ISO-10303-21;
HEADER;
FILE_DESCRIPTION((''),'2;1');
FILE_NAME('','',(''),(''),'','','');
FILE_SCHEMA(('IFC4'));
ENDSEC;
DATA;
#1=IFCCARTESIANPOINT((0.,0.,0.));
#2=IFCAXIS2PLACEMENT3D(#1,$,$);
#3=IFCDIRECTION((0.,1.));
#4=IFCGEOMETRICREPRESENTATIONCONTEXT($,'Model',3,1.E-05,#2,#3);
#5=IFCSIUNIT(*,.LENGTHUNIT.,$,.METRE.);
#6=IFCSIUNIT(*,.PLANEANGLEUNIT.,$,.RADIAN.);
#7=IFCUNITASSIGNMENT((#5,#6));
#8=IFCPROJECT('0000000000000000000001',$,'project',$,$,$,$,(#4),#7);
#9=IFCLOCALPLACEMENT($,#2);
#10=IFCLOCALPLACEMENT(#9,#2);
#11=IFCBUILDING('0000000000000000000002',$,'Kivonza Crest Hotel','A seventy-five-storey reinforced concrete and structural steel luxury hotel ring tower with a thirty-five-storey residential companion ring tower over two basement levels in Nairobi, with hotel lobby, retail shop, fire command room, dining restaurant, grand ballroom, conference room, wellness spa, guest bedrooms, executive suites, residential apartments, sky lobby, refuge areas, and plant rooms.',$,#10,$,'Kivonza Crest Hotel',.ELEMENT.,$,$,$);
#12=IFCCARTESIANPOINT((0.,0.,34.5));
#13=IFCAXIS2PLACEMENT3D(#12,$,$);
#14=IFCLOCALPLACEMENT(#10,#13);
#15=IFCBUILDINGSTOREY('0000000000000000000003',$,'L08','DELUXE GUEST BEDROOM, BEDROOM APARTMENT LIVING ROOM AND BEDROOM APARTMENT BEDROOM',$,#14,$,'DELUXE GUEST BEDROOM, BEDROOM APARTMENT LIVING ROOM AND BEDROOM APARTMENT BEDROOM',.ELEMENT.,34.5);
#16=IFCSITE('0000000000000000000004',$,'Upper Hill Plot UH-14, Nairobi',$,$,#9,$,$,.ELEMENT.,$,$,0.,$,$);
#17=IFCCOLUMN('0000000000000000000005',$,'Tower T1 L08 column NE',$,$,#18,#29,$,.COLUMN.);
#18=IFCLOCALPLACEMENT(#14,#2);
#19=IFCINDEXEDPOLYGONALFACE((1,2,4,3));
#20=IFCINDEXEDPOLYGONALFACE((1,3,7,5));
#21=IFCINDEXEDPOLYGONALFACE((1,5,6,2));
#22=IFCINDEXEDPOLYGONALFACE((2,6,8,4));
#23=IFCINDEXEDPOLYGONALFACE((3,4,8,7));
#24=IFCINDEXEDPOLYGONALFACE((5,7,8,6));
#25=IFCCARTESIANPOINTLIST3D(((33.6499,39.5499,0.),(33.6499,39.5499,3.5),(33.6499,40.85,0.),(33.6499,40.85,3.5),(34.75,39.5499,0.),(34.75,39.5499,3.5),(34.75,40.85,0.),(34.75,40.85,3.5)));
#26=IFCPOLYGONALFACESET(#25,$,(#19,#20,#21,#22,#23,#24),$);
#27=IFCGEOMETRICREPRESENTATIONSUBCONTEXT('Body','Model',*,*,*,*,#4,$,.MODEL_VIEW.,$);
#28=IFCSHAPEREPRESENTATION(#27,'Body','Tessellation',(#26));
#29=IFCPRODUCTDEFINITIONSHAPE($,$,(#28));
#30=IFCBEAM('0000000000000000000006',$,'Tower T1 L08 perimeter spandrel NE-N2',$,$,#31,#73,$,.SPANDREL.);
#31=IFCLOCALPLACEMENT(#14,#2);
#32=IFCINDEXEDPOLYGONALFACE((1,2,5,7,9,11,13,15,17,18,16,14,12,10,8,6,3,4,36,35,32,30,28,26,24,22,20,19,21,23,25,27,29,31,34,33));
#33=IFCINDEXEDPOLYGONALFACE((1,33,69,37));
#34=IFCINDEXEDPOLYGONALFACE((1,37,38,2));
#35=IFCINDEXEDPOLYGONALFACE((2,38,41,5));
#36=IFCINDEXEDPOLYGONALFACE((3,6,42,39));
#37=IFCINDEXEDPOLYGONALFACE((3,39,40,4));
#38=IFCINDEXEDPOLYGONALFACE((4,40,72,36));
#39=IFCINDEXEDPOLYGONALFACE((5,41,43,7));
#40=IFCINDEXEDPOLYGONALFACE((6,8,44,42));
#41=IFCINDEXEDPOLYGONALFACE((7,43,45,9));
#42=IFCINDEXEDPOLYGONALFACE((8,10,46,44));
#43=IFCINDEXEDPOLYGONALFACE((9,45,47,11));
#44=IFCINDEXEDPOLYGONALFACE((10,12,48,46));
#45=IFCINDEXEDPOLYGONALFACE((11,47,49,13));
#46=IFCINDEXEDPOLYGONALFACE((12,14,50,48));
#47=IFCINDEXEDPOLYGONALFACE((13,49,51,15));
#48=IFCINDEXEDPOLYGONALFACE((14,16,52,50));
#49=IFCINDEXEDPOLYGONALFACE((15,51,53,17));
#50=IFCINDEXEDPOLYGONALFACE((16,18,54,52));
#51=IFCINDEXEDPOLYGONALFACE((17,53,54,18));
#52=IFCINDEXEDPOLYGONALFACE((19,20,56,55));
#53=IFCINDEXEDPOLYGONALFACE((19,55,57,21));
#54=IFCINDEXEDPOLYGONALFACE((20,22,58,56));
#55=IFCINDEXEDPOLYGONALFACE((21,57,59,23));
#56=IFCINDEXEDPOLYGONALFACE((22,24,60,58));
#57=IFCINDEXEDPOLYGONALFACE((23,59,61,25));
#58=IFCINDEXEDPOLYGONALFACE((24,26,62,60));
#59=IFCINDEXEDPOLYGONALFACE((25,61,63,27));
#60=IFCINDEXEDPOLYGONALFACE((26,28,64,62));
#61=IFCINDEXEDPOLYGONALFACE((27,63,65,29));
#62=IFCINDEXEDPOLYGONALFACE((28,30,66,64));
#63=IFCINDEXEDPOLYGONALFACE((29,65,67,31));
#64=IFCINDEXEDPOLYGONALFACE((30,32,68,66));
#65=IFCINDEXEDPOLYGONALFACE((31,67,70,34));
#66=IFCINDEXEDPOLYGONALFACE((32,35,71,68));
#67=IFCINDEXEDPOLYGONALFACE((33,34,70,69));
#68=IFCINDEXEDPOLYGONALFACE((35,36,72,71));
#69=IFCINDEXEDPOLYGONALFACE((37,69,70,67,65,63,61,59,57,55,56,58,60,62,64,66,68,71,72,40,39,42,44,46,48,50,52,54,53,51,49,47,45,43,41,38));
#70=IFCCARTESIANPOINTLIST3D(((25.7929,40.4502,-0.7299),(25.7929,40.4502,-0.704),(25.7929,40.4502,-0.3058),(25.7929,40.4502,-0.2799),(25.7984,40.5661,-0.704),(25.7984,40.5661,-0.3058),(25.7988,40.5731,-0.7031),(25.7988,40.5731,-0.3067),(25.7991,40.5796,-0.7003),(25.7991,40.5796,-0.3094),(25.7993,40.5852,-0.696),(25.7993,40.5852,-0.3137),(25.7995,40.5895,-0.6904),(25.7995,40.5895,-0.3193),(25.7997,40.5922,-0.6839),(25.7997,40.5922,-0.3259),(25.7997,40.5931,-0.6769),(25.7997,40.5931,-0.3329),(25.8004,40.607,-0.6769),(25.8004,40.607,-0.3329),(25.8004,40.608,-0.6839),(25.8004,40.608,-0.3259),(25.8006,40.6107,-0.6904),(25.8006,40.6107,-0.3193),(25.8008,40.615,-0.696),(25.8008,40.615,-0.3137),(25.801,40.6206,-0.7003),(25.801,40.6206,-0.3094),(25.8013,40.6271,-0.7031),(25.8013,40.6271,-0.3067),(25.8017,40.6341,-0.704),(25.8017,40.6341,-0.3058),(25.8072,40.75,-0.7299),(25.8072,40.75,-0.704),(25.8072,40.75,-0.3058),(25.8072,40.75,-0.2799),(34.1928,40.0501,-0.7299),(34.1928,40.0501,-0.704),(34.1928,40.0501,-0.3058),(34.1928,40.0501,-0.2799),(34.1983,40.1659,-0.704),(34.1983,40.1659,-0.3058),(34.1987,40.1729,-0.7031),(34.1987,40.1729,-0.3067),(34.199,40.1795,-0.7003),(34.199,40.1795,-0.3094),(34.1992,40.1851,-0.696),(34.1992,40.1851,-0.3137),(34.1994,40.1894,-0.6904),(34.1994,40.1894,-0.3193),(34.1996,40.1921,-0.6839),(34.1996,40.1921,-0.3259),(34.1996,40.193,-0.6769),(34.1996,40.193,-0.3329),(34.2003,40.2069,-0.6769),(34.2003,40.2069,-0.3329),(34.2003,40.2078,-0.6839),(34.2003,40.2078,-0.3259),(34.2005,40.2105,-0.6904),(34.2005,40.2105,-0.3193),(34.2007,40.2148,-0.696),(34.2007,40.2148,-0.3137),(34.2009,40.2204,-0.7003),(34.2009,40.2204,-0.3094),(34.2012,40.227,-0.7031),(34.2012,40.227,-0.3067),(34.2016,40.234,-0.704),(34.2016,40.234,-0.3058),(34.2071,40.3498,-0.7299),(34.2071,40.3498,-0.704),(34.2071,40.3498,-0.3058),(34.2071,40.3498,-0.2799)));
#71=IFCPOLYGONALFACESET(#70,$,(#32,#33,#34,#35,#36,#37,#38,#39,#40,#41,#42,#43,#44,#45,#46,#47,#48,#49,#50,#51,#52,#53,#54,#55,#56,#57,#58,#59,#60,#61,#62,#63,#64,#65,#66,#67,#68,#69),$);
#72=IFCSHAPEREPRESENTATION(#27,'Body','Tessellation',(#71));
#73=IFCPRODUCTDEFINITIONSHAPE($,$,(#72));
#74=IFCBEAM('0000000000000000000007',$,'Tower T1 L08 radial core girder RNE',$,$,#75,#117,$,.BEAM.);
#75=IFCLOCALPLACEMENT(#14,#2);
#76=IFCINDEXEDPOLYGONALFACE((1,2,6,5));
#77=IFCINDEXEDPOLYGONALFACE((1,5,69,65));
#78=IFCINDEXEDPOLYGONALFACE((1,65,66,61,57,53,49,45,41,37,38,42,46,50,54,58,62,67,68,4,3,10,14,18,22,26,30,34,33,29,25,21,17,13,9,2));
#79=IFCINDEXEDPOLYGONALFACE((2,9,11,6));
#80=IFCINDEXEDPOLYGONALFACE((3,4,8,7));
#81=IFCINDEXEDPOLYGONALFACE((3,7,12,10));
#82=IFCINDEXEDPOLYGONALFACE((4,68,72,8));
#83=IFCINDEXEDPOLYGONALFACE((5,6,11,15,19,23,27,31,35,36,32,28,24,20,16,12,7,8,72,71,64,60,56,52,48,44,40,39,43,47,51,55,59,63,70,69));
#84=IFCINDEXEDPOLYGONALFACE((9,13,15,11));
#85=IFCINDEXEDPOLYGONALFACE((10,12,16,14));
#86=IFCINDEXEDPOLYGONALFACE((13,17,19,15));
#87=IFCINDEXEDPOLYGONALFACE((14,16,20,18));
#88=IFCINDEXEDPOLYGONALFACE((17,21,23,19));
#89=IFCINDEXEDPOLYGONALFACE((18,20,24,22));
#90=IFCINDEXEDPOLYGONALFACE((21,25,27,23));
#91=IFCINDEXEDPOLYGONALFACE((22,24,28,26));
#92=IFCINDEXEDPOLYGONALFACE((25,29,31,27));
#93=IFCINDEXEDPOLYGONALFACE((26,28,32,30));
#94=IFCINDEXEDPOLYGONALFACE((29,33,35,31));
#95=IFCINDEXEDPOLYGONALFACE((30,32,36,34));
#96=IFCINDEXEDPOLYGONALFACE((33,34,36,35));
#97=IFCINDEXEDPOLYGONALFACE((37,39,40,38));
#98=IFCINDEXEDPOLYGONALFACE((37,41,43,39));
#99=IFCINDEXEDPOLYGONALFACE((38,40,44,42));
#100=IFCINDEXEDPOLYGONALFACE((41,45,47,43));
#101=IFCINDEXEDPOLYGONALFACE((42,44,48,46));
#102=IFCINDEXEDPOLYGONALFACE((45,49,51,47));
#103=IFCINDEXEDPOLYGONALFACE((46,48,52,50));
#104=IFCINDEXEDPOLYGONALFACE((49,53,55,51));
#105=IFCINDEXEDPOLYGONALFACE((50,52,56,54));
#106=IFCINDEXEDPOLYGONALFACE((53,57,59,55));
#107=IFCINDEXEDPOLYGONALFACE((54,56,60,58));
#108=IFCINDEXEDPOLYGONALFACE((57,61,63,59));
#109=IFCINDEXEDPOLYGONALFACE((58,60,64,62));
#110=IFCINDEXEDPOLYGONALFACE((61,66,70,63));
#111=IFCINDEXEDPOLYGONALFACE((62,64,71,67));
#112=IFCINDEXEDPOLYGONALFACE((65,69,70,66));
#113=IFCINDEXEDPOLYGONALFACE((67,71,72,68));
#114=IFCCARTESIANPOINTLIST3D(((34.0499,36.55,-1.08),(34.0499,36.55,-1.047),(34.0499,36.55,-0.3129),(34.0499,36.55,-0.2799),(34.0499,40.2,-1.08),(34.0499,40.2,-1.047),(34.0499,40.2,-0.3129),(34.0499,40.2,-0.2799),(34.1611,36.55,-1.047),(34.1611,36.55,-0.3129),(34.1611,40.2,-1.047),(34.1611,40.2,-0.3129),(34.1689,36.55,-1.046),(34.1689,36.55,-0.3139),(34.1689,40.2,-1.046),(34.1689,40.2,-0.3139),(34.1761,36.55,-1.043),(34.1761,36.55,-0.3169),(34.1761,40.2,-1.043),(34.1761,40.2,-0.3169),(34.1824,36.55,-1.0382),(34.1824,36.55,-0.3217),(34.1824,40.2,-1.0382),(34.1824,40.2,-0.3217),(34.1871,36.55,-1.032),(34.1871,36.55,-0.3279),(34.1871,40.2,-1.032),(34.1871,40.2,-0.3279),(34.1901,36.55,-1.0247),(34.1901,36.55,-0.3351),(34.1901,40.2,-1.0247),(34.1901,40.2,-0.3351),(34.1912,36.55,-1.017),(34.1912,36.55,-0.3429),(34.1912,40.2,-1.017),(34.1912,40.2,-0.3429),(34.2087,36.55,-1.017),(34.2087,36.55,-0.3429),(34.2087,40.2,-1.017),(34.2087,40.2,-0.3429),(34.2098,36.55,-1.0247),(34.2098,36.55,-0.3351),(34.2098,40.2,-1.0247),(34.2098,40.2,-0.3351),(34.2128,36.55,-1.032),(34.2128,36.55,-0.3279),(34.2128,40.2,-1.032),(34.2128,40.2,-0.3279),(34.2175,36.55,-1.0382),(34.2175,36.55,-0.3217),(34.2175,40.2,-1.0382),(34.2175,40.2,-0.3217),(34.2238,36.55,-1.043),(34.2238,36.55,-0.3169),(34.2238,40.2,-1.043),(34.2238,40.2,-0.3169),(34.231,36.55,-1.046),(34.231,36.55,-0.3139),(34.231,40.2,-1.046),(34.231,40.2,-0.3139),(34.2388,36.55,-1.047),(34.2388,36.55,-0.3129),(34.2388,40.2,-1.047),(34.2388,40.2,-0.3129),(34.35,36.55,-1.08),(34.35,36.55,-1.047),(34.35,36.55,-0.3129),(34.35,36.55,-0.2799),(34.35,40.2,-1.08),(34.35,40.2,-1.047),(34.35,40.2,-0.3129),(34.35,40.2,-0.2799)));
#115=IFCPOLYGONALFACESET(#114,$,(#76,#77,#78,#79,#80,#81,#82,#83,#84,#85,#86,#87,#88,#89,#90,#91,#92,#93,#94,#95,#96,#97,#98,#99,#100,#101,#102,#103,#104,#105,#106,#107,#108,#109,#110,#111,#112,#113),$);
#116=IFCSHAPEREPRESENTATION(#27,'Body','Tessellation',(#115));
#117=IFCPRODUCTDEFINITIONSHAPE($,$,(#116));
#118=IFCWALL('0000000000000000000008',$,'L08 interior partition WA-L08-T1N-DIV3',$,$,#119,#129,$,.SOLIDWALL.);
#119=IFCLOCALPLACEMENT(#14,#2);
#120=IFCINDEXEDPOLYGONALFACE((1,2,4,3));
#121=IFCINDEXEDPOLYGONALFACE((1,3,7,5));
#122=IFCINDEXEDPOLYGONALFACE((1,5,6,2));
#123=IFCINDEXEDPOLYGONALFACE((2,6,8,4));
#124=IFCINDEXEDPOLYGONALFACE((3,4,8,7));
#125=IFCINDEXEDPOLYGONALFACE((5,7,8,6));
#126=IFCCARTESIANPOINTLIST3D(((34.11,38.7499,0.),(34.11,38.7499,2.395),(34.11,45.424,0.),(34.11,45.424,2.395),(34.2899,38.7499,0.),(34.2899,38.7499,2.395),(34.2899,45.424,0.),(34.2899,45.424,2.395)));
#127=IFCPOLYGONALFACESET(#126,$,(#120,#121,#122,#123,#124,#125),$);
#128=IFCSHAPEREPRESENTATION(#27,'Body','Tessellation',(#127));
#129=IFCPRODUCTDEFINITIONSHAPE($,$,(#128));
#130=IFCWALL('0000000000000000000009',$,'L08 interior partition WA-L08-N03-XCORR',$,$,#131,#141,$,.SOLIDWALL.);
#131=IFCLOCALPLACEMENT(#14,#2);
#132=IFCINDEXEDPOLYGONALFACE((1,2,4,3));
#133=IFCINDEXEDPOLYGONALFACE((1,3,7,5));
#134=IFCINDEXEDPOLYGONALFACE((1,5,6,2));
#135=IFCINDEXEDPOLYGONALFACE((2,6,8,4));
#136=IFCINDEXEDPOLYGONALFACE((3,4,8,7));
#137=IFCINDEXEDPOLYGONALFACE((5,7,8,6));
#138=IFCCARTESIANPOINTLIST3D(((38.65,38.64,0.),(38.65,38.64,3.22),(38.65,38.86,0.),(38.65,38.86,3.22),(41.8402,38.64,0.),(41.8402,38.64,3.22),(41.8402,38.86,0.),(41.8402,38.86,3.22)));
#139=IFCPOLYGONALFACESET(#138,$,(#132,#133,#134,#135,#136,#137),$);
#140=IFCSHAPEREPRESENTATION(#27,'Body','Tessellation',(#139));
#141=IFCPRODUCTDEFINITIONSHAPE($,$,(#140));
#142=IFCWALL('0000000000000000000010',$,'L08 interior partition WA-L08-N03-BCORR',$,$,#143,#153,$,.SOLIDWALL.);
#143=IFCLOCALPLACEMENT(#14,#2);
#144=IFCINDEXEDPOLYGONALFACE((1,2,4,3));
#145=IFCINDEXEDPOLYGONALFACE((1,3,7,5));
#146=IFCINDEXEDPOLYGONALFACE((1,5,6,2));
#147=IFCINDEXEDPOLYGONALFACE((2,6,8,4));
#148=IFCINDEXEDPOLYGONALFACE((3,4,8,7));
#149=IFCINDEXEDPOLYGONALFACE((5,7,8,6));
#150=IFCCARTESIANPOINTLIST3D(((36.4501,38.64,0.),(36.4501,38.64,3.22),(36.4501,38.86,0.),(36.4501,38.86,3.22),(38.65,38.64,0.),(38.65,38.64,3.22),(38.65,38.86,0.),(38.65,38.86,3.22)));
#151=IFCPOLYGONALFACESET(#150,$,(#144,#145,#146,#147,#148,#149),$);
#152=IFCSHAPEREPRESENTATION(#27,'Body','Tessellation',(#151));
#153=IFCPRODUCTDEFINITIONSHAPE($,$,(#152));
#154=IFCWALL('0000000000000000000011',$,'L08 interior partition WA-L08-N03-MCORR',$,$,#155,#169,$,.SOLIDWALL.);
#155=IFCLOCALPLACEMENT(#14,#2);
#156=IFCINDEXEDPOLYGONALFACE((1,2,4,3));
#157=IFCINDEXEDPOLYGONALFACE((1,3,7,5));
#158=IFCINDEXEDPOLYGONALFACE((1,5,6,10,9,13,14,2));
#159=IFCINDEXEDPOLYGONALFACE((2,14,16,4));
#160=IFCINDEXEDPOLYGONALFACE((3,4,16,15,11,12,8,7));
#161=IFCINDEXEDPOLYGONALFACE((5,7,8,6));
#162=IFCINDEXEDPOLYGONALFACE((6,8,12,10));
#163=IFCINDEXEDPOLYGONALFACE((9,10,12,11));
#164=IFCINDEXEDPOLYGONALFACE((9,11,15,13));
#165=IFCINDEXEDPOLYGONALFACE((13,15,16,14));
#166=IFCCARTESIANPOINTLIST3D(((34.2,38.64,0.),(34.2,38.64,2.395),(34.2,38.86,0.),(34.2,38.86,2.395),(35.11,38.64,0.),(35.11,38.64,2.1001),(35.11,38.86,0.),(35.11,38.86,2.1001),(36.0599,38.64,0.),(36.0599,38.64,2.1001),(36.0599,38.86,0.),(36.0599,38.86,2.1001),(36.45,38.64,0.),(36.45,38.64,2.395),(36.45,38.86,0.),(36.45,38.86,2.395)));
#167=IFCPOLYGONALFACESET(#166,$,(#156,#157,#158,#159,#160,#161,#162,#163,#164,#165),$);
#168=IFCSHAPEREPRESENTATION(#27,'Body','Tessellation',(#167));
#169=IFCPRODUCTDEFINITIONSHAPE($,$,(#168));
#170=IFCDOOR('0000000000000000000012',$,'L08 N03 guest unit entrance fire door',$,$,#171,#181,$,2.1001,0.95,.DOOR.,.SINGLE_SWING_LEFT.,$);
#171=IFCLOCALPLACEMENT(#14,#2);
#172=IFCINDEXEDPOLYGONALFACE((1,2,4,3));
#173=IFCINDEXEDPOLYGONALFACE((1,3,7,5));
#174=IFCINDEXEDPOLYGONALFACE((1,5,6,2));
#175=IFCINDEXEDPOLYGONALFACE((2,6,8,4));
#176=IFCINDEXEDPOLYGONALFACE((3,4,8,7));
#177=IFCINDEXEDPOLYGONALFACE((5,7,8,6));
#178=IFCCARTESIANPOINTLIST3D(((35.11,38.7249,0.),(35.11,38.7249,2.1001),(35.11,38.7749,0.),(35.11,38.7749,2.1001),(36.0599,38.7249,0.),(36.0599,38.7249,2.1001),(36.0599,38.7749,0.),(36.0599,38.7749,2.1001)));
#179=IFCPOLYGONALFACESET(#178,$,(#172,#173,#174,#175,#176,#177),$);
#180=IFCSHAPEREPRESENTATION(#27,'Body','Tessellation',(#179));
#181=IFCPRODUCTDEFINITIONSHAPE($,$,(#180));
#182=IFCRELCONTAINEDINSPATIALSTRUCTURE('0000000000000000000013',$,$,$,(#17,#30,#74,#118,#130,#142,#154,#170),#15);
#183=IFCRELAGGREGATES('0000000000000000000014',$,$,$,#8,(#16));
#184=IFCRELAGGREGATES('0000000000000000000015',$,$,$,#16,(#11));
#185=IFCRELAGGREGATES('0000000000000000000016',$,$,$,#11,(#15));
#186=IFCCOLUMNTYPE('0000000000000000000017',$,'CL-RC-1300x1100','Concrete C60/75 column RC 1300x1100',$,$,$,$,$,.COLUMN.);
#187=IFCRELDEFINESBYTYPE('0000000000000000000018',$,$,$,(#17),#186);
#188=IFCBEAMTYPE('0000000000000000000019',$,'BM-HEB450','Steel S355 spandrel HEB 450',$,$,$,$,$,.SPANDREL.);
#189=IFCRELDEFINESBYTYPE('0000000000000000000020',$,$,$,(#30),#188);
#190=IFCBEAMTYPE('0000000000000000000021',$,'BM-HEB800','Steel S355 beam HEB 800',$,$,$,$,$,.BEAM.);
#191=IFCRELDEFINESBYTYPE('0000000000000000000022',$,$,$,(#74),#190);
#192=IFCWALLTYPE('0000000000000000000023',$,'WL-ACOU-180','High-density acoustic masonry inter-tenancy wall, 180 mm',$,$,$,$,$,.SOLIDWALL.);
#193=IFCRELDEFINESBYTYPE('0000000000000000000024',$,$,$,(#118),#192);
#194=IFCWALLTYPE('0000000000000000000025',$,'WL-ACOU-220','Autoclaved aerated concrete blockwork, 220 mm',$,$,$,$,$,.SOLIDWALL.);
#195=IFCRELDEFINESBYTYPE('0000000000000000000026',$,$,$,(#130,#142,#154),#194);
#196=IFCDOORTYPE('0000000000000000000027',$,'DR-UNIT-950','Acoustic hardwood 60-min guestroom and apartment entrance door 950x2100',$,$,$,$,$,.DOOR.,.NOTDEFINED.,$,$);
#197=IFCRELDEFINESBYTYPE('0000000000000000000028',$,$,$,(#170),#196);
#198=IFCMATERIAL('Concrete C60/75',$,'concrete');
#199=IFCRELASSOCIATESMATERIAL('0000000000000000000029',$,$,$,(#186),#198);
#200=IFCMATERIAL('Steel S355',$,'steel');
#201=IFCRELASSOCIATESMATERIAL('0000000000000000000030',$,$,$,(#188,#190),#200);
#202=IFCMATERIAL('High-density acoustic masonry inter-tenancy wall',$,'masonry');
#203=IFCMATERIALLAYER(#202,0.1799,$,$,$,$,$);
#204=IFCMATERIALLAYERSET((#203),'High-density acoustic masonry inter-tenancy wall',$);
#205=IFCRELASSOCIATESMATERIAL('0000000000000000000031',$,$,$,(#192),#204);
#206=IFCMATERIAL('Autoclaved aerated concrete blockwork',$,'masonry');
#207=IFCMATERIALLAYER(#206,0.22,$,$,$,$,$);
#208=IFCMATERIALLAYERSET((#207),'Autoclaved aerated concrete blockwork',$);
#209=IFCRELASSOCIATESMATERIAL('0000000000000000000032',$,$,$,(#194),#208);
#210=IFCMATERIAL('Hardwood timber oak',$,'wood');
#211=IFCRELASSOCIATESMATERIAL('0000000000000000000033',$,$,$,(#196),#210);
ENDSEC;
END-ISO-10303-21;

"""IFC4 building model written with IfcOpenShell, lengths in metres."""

from ifc_helpers import new_model, si_unit, direction, frame, frame_2d, origin, origin_2d, place, context, subcontext, project, spatial, rectangle, i_section, extrude, material, layer, layer_set, material_profile, profile_set, type_object, element, fill, save


model = new_model("IFC4")

# Units and contexts
model_context = context("Model", 3, precision=1e-05, world=origin(), true_north=direction((0.0, 1.0)))
body_context = subcontext(model_context, "Body", "Model", "MODEL_VIEW")
ifc_project = project(units=[si_unit("LENGTHUNIT", "METRE"), si_unit("PLANEANGLEUNIT", "RADIAN")], contexts=[model_context])

# Site, building, storey
site_placement = place(None, origin())
site = spatial("IfcSite", under=ifc_project, at=site_placement, Name="Upper Hill Plot UH-14, Nairobi", CompositionType="ELEMENT", RefElevation=0.0)
building_placement = place(site_placement, origin())
building = spatial("IfcBuilding", under=site, at=building_placement, Name="Kivonza Crest Hotel", Description="A seventy-five-storey reinforced concrete and structural steel luxury hotel ring tower with a thirty-five-storey residential companion ring tower over two basement levels in Nairobi, with hotel lobby, retail shop, fire command room, dining restaurant, grand ballroom, conference room, wellness spa, guest bedrooms, executive suites, residential apartments, sky lobby, refuge areas, and plant rooms.", LongName="Kivonza Crest Hotel", CompositionType="ELEMENT")
storey_placement = place(building_placement, frame((0.0, 0.0, 34.5)))
storey = spatial("IfcBuildingStorey", under=building, at=storey_placement, Name="L08", Description="DELUXE GUEST BEDROOM, BEDROOM APARTMENT LIVING ROOM AND BEDROOM APARTMENT BEDROOM", LongName="DELUXE GUEST BEDROOM, BEDROOM APARTMENT LIVING ROOM AND BEDROOM APARTMENT BEDROOM", CompositionType="ELEMENT", Elevation=34.5)

# Column
ifc_material_1 = material(Name="Concrete C60/75", Category="concrete")
ifc_material_profile_1 = material_profile(ifc_material_1, rectangle(XDim=1.1001, YDim=1.3, at=origin_2d()), Name="RC 1300x1100")
ifc_profile_set_1 = profile_set([ifc_material_profile_1], Name="Concrete C60/75")
column_type = type_object("IfcColumnType", Name="CL-RC-1300x1100", Description="Concrete C60/75 column RC 1300x1100", PredefinedType="COLUMN", material=ifc_profile_set_1)
column_placement = place(storey_placement, frame((34.2, 40.2, 0.0), z_axis=(0.0, 0.0, 1.0), x_axis=(1.0, 0.0, 0.0)))
element("IfcColumn", 1, at=column_placement, inside=storey, type_object=column_type, Name="Tower T1 L08 column NE", PredefinedType="COLUMN", context=body_context, shape_type="SweptSolid", body=[
    extrude(rectangle(XDim=1.1001, YDim=1.3, at=origin_2d()), origin(), (0.0, 0.0, 1.0), 3.5),
])

# Beams
ifc_material_2 = material(Name="Steel S355", Category="steel")
ifc_material_profile_2 = material_profile(ifc_material_2, i_section(OverallWidth=0.3, OverallDepth=0.45, WebThickness=0.0139, FlangeThickness=0.0259, FilletRadius=0.0271, at=origin_2d()), Name="HEB 450")
ifc_profile_set_2 = profile_set([ifc_material_profile_2], Name="Steel S355")
beam_type_1 = type_object("IfcBeamType", Name="BM-HEB450", Description="Steel S355 spandrel HEB 450", PredefinedType="SPANDREL", material=ifc_profile_set_2)
beam_1_placement = place(storey_placement, frame((34.2, 40.2, -0.5049), z_axis=(-0.998867, 0.047583, 0.0), x_axis=(-0.047583, -0.998867, 0.0)))
element("IfcBeam", 2, at=beam_1_placement, inside=storey, type_object=beam_type_1, Name="Tower T1 L08 perimeter spandrel NE-N2", PredefinedType="SPANDREL", context=body_context, shape_type="SweptSolid", body=[
    extrude(i_section(OverallWidth=0.3, OverallDepth=0.45, WebThickness=0.0139, FlangeThickness=0.0259, FilletRadius=0.0271, at=origin_2d()), origin(), (0.0, 0.0, 1.0), 8.4094),
])
ifc_material_profile_3 = material_profile(ifc_material_2, i_section(OverallWidth=0.3, OverallDepth=0.8, WebThickness=0.0176, FlangeThickness=0.033, FilletRadius=0.03, at=origin_2d()), Name="HEB 800")
ifc_profile_set_3 = profile_set([ifc_material_profile_3], Name="Steel S355")
beam_type_2 = type_object("IfcBeamType", Name="BM-HEB800", Description="Steel S355 beam HEB 800", PredefinedType="BEAM", material=ifc_profile_set_3)
beam_2_placement = place(storey_placement, frame((34.2, 40.2, -0.6799), z_axis=(0.0, -1.0, 0.0), x_axis=(1.0, 0.0, 0.0)))
element("IfcBeam", 3, at=beam_2_placement, inside=storey, type_object=beam_type_2, Name="Tower T1 L08 radial core girder RNE", PredefinedType="BEAM", context=body_context, shape_type="SweptSolid", body=[
    extrude(i_section(OverallWidth=0.3, OverallDepth=0.8, WebThickness=0.0176, FlangeThickness=0.033, FilletRadius=0.03, at=origin_2d()), origin(), (0.0, 0.0, 1.0), 3.6499),
])

# Walls
ifc_material_3 = material(Name="High-density acoustic masonry inter-tenancy wall", Category="masonry")
ifc_layer_1 = layer(ifc_material_3, 0.1799)
ifc_layer_set_1 = layer_set([ifc_layer_1], Name="High-density acoustic masonry inter-tenancy wall")
wall_type_1 = type_object("IfcWallType", Name="WL-ACOU-180", Description="High-density acoustic masonry inter-tenancy wall, 180 mm", PredefinedType="SOLIDWALL", material=ifc_layer_set_1)
wall_1_placement = place(storey_placement, frame((34.2, 38.75, 0.0), z_axis=(0.0, 0.0, 1.0), x_axis=(0.0, 1.0, 0.0)))
element("IfcWall", 4, at=wall_1_placement, inside=storey, type_object=wall_type_1, Name="L08 interior partition WA-L08-T1N-DIV3", PredefinedType="SOLIDWALL", context=body_context, shape_type="SweptSolid", body=[
    extrude(rectangle(XDim=6.6741, YDim=0.1799, at=frame_2d((3.3369, 0.0))), origin(), (0.0, 0.0, 1.0), 2.395),
])
ifc_material_4 = material(Name="Autoclaved aerated concrete blockwork", Category="masonry")
ifc_layer_2 = layer(ifc_material_4, 0.22)
ifc_layer_set_2 = layer_set([ifc_layer_2], Name="Autoclaved aerated concrete blockwork")
wall_type_2 = type_object("IfcWallType", Name="WL-ACOU-220", Description="Autoclaved aerated concrete blockwork, 220 mm", PredefinedType="SOLIDWALL", material=ifc_layer_set_2)
wall_2_placement = place(storey_placement, frame((38.6499, 38.75, 0.0), z_axis=(0.0, 0.0, 1.0), x_axis=(1.0, 0.0, 0.0)))
element("IfcWall", 5, at=wall_2_placement, inside=storey, type_object=wall_type_2, Name="L08 interior partition WA-L08-N03-XCORR", PredefinedType="SOLIDWALL", context=body_context, shape_type="SweptSolid", body=[
    extrude(rectangle(XDim=3.1902, YDim=0.22, at=frame_2d((1.5952, 0.0))), origin(), (0.0, 0.0, 1.0), 3.22),
])
wall_3_placement = place(storey_placement, frame((36.45, 38.75, 0.0), z_axis=(0.0, 0.0, 1.0), x_axis=(1.0, 0.0, 0.0)))
element("IfcWall", 6, at=wall_3_placement, inside=storey, type_object=wall_type_2, Name="L08 interior partition WA-L08-N03-BCORR", PredefinedType="SOLIDWALL", context=body_context, shape_type="SweptSolid", body=[
    extrude(rectangle(XDim=2.2, YDim=0.22, at=frame_2d((1.1001, 0.0))), origin(), (0.0, 0.0, 1.0), 3.22),
])

# Wall, opening, door
wall_4_placement = place(storey_placement, frame((34.2, 38.75, 0.0), z_axis=(0.0, 0.0, 1.0), x_axis=(1.0, 0.0, 0.0)))
wall_4 = element("IfcWall", 7, at=wall_4_placement, inside=storey, type_object=wall_type_2, Name="L08 interior partition WA-L08-N03-MCORR", PredefinedType="SOLIDWALL", context=body_context, shape_type="SweptSolid", body=[
    extrude(rectangle(XDim=2.25, YDim=0.22, at=frame_2d((1.125, 0.0))), origin(), (0.0, 0.0, 1.0), 2.395),
])
opening_1_placement = place(wall_4_placement, frame((0.9099, 0.0, 0.0)))
opening_1 = element("IfcOpeningElement", 8, at=opening_1_placement, cuts=wall_4, PredefinedType="OPENING", context=body_context, shape_type="SweptSolid", body=[
    extrude(rectangle(XDim=0.95, YDim=2.1001, at=frame_2d((0.4751, 1.05))), frame((0.0, 0.1201, 0.0), z_axis=(0.0, -1.0, 0.0), x_axis=(1.0, 0.0, 0.0)), (0.0, 0.0, 1.0), 0.24),
])
ifc_material_5 = material(Name="Hardwood timber oak", Category="wood")
door_type_1 = type_object("IfcDoorType", Name="DR-UNIT-950", Description="Acoustic hardwood 60-min guestroom and apartment entrance door 950x2100", OperationType="NOTDEFINED", PredefinedType="DOOR", material=ifc_material_5)
door_1_placement = place(opening_1_placement, origin())
door_1 = element("IfcDoor", 9, at=door_1_placement, inside=storey, type_object=door_type_1, Name="L08 N03 guest unit entrance fire door", OperationType="SINGLE_SWING_LEFT", OverallHeight=2.1001, OverallWidth=0.95, PredefinedType="DOOR", context=body_context, shape_type="SweptSolid", body=[
    extrude(rectangle(XDim=0.95, YDim=2.1001, at=frame_2d((0.4751, 1.05))), frame((0.0, 0.0249, 0.0), z_axis=(0.0, -1.0, 0.0), x_axis=(1.0, 0.0, 0.0)), (0.0, 0.0, 1.0), 0.05),
])
fill(opening_1, door_1)

save(model, "model.ifc")
